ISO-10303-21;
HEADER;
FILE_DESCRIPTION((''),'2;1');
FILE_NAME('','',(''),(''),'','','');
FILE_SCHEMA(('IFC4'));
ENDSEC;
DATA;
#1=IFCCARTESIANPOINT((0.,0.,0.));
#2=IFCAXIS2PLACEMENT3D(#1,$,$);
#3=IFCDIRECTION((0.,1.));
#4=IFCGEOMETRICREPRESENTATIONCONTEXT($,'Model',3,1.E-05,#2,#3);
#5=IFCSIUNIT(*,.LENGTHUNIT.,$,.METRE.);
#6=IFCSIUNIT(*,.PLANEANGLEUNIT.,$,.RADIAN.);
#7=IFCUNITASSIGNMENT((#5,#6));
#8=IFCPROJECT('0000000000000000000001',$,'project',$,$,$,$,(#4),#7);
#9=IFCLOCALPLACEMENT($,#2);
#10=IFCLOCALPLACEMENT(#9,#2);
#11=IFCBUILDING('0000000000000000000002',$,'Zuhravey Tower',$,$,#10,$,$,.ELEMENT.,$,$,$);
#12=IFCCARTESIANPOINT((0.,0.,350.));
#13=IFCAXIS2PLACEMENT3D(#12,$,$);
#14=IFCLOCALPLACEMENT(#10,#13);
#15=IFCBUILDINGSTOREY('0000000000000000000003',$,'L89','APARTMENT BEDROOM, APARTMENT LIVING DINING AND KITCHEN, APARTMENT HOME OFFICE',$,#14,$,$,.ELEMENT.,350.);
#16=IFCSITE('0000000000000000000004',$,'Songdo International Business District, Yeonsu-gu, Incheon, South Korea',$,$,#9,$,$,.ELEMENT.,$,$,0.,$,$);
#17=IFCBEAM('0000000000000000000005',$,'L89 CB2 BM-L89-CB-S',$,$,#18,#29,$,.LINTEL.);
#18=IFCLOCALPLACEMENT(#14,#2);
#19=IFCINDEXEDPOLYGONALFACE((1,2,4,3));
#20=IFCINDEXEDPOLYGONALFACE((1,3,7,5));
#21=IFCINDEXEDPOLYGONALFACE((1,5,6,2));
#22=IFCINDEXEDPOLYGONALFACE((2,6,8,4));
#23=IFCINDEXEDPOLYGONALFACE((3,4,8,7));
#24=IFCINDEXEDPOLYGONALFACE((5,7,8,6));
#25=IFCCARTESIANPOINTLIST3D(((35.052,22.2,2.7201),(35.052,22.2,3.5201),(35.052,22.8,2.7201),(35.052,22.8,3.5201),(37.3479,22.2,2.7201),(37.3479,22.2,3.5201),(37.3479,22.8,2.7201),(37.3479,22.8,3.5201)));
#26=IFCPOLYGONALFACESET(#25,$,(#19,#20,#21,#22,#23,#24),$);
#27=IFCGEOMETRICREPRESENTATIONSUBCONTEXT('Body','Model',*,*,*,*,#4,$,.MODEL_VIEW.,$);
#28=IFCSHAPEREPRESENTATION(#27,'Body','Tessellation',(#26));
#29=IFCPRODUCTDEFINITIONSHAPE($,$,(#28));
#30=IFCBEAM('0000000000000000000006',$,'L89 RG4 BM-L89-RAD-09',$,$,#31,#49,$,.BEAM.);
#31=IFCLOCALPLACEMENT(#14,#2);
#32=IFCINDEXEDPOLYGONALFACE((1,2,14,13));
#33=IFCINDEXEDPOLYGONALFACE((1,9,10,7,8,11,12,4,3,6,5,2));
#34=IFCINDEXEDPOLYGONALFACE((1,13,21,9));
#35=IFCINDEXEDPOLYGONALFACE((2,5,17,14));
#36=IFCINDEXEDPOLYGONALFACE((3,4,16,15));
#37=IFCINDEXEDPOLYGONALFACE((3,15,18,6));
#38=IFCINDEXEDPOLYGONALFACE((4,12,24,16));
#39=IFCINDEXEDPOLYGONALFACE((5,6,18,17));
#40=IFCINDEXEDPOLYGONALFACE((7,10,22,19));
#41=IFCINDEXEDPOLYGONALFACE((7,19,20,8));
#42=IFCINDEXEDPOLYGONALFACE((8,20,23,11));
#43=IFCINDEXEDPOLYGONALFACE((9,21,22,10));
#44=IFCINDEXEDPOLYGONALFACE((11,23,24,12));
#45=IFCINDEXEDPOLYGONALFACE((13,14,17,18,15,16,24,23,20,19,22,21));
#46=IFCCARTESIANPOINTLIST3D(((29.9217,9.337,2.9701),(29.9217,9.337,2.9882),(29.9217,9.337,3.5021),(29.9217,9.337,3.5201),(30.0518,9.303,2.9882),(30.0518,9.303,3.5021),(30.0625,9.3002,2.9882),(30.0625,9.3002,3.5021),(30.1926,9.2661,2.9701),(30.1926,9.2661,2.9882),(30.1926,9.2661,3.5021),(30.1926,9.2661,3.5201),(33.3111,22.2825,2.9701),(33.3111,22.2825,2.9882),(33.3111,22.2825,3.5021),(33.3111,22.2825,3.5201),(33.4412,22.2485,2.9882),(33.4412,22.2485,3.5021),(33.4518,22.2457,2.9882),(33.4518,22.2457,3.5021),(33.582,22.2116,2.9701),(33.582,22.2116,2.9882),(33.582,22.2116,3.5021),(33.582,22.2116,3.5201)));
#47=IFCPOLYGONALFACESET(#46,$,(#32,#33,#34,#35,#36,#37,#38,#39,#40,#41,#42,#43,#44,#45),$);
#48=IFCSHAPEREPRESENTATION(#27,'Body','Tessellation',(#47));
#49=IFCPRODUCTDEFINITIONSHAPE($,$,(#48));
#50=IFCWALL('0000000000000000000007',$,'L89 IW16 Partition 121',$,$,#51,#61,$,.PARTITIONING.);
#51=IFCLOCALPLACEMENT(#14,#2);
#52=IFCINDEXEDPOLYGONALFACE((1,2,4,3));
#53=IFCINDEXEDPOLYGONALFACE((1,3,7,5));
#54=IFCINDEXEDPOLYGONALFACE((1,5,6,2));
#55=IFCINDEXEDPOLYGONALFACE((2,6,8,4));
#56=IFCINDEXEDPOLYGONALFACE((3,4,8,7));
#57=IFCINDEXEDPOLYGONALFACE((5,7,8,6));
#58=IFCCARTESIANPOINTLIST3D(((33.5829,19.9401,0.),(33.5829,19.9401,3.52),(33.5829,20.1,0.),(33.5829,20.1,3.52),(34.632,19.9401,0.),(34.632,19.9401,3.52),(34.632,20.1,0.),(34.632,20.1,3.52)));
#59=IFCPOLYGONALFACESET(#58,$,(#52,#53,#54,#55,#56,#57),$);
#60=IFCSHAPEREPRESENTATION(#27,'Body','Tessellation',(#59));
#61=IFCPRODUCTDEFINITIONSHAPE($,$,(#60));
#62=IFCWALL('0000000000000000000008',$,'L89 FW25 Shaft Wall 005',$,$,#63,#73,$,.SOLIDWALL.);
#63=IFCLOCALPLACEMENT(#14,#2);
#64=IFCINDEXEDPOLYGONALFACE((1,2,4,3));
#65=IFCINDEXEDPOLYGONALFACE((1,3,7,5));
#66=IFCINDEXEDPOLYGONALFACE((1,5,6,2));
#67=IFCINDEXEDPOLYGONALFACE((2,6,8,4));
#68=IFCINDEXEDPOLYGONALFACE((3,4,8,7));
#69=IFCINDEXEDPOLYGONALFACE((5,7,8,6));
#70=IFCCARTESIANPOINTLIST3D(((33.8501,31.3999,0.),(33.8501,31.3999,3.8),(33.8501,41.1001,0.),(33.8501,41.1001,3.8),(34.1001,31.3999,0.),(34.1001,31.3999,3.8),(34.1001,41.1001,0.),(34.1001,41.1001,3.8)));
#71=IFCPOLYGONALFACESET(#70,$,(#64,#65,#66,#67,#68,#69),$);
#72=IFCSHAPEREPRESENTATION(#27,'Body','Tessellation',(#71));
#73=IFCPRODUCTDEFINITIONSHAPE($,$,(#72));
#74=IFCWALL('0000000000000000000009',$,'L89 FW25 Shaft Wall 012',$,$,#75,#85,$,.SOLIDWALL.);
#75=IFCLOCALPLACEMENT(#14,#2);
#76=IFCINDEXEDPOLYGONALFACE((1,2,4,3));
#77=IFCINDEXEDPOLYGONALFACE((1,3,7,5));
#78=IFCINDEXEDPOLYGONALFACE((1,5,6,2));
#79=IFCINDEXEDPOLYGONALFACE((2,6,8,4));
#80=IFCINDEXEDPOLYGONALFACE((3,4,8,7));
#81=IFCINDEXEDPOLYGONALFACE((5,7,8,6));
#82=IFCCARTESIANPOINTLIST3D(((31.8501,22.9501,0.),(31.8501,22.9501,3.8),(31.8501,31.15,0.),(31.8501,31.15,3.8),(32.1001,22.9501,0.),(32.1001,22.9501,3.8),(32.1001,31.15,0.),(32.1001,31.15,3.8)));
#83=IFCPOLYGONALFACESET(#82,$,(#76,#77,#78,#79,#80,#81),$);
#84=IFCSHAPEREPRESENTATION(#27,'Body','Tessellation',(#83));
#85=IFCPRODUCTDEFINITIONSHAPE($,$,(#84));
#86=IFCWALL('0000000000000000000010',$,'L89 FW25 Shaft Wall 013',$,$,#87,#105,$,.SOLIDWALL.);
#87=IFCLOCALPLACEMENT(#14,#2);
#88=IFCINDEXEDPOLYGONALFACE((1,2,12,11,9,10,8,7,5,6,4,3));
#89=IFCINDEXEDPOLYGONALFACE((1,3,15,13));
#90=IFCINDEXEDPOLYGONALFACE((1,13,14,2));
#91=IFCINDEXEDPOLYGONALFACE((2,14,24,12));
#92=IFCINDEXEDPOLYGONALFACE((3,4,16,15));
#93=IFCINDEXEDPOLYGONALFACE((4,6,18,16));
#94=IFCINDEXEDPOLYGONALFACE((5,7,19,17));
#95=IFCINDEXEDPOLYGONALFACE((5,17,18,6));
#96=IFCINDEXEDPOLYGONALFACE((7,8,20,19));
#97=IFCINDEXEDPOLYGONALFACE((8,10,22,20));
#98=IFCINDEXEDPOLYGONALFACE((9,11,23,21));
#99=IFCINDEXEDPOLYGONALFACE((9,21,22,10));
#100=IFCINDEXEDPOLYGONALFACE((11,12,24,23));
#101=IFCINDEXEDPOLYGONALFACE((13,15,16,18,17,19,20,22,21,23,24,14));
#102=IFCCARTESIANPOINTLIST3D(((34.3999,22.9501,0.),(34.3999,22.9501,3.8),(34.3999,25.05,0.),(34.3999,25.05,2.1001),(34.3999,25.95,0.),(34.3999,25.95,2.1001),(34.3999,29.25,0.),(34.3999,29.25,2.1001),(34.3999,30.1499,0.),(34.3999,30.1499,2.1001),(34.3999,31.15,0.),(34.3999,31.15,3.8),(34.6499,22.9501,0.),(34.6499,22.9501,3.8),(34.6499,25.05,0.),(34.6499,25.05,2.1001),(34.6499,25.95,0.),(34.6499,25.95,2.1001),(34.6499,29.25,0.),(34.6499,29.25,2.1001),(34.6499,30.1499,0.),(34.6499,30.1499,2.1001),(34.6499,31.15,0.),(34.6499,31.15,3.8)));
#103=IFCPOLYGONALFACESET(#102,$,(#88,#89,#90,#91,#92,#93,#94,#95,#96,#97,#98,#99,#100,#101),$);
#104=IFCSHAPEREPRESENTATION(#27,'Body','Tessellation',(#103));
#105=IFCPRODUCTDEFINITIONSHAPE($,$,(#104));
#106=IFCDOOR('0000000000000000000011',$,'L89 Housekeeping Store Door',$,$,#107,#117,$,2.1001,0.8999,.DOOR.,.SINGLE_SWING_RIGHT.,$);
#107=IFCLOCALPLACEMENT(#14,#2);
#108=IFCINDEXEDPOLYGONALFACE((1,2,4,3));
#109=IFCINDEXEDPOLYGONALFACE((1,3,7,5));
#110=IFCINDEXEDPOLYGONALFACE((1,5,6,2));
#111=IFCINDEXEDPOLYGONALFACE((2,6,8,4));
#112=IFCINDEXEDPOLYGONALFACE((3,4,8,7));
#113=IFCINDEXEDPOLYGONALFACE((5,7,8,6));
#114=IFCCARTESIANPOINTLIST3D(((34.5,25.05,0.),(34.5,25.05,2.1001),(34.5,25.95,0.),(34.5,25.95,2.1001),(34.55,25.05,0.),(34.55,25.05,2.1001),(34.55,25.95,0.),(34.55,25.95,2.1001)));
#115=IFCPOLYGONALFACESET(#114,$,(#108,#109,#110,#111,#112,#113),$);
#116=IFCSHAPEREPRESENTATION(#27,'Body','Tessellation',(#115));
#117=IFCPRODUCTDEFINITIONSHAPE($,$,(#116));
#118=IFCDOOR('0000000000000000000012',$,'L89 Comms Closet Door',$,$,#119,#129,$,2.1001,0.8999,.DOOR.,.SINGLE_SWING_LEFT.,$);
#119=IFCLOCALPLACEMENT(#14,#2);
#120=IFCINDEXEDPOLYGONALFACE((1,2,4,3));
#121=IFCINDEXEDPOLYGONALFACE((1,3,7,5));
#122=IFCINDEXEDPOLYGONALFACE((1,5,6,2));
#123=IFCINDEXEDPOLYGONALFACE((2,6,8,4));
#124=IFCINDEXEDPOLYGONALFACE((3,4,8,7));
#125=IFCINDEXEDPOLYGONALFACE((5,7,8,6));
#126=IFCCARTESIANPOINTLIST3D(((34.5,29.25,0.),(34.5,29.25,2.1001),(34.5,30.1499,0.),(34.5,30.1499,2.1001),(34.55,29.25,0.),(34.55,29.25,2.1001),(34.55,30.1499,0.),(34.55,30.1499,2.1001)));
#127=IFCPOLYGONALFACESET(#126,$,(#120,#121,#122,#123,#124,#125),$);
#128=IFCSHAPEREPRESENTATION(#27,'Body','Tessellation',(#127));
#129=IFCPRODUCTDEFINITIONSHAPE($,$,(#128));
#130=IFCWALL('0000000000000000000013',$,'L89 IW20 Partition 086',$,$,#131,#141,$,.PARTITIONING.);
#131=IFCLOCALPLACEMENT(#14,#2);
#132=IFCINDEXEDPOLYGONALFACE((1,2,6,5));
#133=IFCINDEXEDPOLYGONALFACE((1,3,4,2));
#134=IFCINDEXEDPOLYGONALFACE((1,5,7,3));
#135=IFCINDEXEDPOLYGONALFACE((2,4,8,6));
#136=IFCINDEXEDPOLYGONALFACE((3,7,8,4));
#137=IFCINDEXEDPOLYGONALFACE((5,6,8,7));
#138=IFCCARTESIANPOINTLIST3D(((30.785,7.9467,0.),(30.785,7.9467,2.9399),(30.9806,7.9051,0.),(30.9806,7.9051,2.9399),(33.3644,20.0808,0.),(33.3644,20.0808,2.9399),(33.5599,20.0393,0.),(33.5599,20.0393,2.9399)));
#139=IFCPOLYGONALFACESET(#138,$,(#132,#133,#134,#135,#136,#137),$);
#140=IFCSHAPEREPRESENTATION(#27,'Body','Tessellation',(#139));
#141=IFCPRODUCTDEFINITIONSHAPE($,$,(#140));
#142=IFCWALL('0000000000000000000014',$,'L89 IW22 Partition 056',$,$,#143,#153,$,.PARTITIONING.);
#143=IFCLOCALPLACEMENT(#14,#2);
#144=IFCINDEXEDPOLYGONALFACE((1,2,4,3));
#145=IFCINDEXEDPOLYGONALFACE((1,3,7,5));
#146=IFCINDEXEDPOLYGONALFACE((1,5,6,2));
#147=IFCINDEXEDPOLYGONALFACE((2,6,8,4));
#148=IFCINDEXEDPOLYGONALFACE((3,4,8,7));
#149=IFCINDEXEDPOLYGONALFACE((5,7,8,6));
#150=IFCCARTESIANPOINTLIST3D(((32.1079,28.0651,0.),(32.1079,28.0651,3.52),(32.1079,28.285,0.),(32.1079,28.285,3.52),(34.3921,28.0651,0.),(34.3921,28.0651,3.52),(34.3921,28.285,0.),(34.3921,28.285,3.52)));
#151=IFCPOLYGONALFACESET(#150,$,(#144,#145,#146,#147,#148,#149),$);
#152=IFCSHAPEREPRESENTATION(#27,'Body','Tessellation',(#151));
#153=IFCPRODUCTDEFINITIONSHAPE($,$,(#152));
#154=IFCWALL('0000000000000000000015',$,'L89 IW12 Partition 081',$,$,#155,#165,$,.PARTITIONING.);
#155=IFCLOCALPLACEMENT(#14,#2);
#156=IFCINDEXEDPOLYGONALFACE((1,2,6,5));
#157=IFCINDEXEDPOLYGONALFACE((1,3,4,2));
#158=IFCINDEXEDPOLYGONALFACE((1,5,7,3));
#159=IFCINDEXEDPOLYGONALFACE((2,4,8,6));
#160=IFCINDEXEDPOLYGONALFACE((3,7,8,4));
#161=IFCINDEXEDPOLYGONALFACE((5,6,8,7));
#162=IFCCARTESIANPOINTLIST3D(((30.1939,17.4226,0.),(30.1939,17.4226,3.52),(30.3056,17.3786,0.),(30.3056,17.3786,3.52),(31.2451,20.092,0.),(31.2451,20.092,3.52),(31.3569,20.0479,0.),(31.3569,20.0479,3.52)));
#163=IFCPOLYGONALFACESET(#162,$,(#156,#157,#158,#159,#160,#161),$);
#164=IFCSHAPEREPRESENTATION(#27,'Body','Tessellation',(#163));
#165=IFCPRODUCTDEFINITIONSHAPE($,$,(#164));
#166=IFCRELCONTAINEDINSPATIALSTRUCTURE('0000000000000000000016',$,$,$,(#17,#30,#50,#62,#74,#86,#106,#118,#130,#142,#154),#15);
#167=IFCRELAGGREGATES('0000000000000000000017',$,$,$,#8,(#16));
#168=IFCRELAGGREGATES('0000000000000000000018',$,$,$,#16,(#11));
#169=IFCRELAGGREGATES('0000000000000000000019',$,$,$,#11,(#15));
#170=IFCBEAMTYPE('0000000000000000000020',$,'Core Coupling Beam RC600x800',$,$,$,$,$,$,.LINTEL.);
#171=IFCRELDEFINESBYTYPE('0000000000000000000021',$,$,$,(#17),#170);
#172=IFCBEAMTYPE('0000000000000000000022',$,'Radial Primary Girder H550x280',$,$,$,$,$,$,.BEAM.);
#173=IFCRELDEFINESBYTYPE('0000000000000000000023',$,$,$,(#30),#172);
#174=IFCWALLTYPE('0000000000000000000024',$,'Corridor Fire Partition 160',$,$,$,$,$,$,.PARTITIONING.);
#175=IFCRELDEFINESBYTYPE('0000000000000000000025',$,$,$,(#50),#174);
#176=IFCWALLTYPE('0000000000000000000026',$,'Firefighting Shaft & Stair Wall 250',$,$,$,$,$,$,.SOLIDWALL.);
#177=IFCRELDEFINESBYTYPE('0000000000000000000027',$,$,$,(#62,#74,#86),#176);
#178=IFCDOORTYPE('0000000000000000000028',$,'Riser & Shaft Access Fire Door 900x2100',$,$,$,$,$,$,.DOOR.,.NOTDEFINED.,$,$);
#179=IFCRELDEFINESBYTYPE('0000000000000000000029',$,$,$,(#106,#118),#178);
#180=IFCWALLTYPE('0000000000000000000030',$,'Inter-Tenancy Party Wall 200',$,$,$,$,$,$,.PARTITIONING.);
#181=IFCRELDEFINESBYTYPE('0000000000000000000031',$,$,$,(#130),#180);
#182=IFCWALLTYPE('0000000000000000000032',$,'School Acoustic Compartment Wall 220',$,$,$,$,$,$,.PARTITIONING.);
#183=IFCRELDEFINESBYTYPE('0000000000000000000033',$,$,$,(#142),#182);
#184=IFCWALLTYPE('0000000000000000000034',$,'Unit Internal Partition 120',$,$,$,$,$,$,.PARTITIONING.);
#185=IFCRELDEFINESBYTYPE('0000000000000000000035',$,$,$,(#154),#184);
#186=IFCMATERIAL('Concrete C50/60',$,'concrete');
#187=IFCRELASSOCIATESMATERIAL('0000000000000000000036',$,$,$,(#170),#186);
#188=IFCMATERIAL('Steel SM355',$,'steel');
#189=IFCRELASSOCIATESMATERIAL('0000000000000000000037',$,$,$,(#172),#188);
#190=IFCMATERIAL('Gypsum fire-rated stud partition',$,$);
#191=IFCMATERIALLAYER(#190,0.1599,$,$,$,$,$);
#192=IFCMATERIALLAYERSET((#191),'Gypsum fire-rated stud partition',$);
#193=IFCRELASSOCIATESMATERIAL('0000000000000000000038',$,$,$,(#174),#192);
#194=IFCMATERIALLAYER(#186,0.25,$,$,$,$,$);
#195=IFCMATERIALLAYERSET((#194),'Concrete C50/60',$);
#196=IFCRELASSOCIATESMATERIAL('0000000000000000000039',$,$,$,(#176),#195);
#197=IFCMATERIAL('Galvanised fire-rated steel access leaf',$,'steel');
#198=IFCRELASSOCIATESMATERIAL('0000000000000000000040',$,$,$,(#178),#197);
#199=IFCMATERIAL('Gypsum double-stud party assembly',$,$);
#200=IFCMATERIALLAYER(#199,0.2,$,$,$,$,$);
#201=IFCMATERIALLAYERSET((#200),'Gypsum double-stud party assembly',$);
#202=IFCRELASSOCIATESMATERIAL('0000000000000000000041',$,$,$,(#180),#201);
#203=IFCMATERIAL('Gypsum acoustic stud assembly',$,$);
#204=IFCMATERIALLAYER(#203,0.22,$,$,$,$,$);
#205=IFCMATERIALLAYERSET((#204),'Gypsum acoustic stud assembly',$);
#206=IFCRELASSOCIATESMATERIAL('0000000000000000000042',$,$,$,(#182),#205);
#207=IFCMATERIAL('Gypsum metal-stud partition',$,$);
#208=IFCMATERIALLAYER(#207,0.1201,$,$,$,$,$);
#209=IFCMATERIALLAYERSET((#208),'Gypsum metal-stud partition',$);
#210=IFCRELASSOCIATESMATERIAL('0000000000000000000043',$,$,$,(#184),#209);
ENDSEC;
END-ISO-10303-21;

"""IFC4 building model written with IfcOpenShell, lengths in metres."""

from ifc_helpers import new_model, si_unit, direction, frame, frame_2d, origin, origin_2d, place, context, subcontext, project, spatial, rectangle, i_section, extrude, material, layer, layer_set, material_profile, profile_set, type_object, element, fill, save


model = new_model("IFC4")

# Units and contexts
model_context = context("Model", 3, precision=1e-05, world=origin(), true_north=direction((0.0, 1.0)))
body_context = subcontext(model_context, "Body", "Model", "MODEL_VIEW")
ifc_project = project(units=[si_unit("LENGTHUNIT", "METRE"), si_unit("PLANEANGLEUNIT", "RADIAN")], contexts=[model_context])

# Site, building, storey
site_placement = place(None, origin())
site = spatial("IfcSite", under=ifc_project, at=site_placement, Name="Songdo International Business District, Yeonsu-gu, Incheon, South Korea", CompositionType="ELEMENT", RefElevation=0.0)
building_placement = place(site_placement, origin())
building = spatial("IfcBuilding", under=site, at=building_placement, Name="Zuhravey Tower", CompositionType="ELEMENT")
storey_placement = place(building_placement, frame((0.0, 0.0, 350.0)))
storey = spatial("IfcBuildingStorey", under=building, at=storey_placement, Name="L89", Description="APARTMENT BEDROOM, APARTMENT LIVING DINING AND KITCHEN, APARTMENT HOME OFFICE", CompositionType="ELEMENT", Elevation=350.0)

# Beams
ifc_material_1 = material(Name="Concrete C50/60", Category="concrete")
ifc_material_profile_1 = material_profile(ifc_material_1, rectangle(XDim=0.6001, YDim=0.8, at=origin_2d()), Name="RC-600x800")
ifc_profile_set_1 = profile_set([ifc_material_profile_1], Name="Concrete C50/60")
beam_type_1 = type_object("IfcBeamType", Name="Core Coupling Beam RC600x800", PredefinedType="LINTEL", material=ifc_profile_set_1)
beam_1_placement = place(storey_placement, frame((35.052, 22.5, 3.1201), z_axis=(1.0, 0.0, 0.0), x_axis=(0.0, 1.0, 0.0)))
element("IfcBeam", 1, at=beam_1_placement, inside=storey, type_object=beam_type_1, Name="L89 CB2 BM-L89-CB-S", PredefinedType="LINTEL", context=body_context, shape_type="SweptSolid", body=[
    extrude(rectangle(XDim=0.6001, YDim=0.8, at=origin_2d()), origin(), (0.0, 0.0, 1.0), 2.2959),
])
ifc_material_2 = material(Name="Steel SM355", Category="steel")
ifc_material_profile_2 = material_profile(ifc_material_2, i_section(OverallWidth=0.28, OverallDepth=0.55, WebThickness=0.011, FlangeThickness=0.0181, at=origin_2d()), Name="H-550x280x11x18")
ifc_profile_set_2 = profile_set([ifc_material_profile_2], Name="Steel SM355")
beam_type_2 = type_object("IfcBeamType", Name="Radial Primary Girder H550x280", PredefinedType="BEAM", material=ifc_profile_set_2)
beam_2_placement = place(storey_placement, frame((33.4465, 22.2471, 3.2451), z_axis=(-0.253283, -0.967392, 0.0), x_axis=(0.967392, -0.253283, 0.0)))
element("IfcBeam", 2, at=beam_2_placement, inside=storey, type_object=beam_type_2, Name="L89 RG4 BM-L89-RAD-09", PredefinedType="BEAM", context=body_context, shape_type="SweptSolid", body=[
    extrude(i_section(OverallWidth=0.28, OverallDepth=0.55, WebThickness=0.011, FlangeThickness=0.0181, at=origin_2d()), origin(), (0.0, 0.0, 1.0), 13.3818),
])

# Shared definitions
ifc_material_3 = material(Name="Gypsum fire-rated stud partition")
ifc_layer_1 = layer(ifc_material_3, 0.1599)
ifc_layer_set_1 = layer_set([ifc_layer_1], Name="Gypsum fire-rated stud partition")
wall_type_1 = type_object("IfcWallType", Name="Corridor Fire Partition 160", PredefinedType="PARTITIONING", material=ifc_layer_set_1)

# Wall
wall_1_placement = place(storey_placement, frame((33.583, 20.02, 0.0), z_axis=(0.0, 0.0, 1.0), x_axis=(1.0, 0.0, 0.0)))
element("IfcWall", 3, at=wall_1_placement, inside=storey, type_object=wall_type_1, Name="L89 IW16 Partition 121", PredefinedType="PARTITIONING", context=body_context, shape_type="SweptSolid", body=[
    extrude(rectangle(XDim=1.0491, YDim=0.1599, at=frame_2d((0.5244, 0.0))), origin(), (0.0, 0.0, 1.0), 3.52),
])

# Shared definitions
ifc_layer_2 = layer(ifc_material_1, 0.25)
ifc_layer_set_2 = layer_set([ifc_layer_2], Name="Concrete C50/60")
wall_type_2 = type_object("IfcWallType", Name="Firefighting Shaft & Stair Wall 250", PredefinedType="SOLIDWALL", material=ifc_layer_set_2)

# Walls
wall_2_placement = place(storey_placement, frame((33.9751, 31.3999, 0.0), z_axis=(0.0, 0.0, 1.0), x_axis=(0.0, 1.0, 0.0)))
element("IfcWall", 4, at=wall_2_placement, inside=storey, type_object=wall_type_2, Name="L89 FW25 Shaft Wall 005", PredefinedType="SOLIDWALL", context=body_context, shape_type="SweptSolid", body=[
    extrude(rectangle(XDim=9.7002, YDim=0.25, at=frame_2d((4.8501, 0.0))), origin(), (0.0, 0.0, 1.0), 3.8),
])
wall_3_placement = place(storey_placement, frame((31.9751, 22.95, 0.0), z_axis=(0.0, 0.0, 1.0), x_axis=(0.0, 1.0, 0.0)))
element("IfcWall", 5, at=wall_3_placement, inside=storey, type_object=wall_type_2, Name="L89 FW25 Shaft Wall 012", PredefinedType="SOLIDWALL", context=body_context, shape_type="SweptSolid", body=[
    extrude(rectangle(XDim=8.2, YDim=0.25, at=frame_2d((4.1001, 0.0))), origin(), (0.0, 0.0, 1.0), 3.8),
])

# Wall, openings, doors
wall_4_placement = place(storey_placement, frame((34.5249, 22.95, 0.0), z_axis=(0.0, 0.0, 1.0), x_axis=(0.0, 1.0, 0.0)))
wall_4 = element("IfcWall", 6, at=wall_4_placement, inside=storey, type_object=wall_type_2, Name="L89 FW25 Shaft Wall 013", PredefinedType="SOLIDWALL", context=body_context, shape_type="SweptSolid", body=[
    extrude(rectangle(XDim=8.2, YDim=0.25, at=frame_2d((4.1001, 0.0))), origin(), (0.0, 0.0, 1.0), 3.8),
])
opening_1_placement = place(wall_4_placement, frame((2.1001, 0.0, 0.0)))
opening_1 = element("IfcOpeningElement", 7, at=opening_1_placement, cuts=wall_4, PredefinedType="OPENING", context=body_context, shape_type="SweptSolid", body=[
    extrude(rectangle(XDim=0.8999, YDim=2.1001, at=frame_2d((0.45, 1.05))), frame((0.0, 0.137, 0.0), z_axis=(0.0, -1.0, 0.0), x_axis=(1.0, 0.0, 0.0)), (0.0, 0.0, 1.0), 0.2739),
])
opening_2_placement = place(wall_4_placement, frame((6.3, 0.0, 0.0)))
opening_2 = element("IfcOpeningElement", 8, at=opening_2_placement, cuts=wall_4, PredefinedType="OPENING", context=body_context, shape_type="SweptSolid", body=[
    extrude(rectangle(XDim=0.8999, YDim=2.1001, at=frame_2d((0.45, 1.05))), frame((0.0, 0.137, 0.0), z_axis=(0.0, -1.0, 0.0), x_axis=(1.0, 0.0, 0.0)), (0.0, 0.0, 1.0), 0.2739),
])
ifc_material_4 = material(Name="Galvanised fire-rated steel access leaf", Category="steel")
door_type_1 = type_object("IfcDoorType", Name="Riser & Shaft Access Fire Door 900x2100", OperationType="NOTDEFINED", PredefinedType="DOOR", material=ifc_material_4)
door_1_placement = place(opening_1_placement, origin())
door_1 = element("IfcDoor", 9, at=door_1_placement, inside=storey, type_object=door_type_1, Name="L89 Housekeeping Store Door", OperationType="SINGLE_SWING_RIGHT", OverallHeight=2.1001, OverallWidth=0.8999, PredefinedType="DOOR", context=body_context, shape_type="SweptSolid", body=[
    extrude(rectangle(XDim=0.8999, YDim=2.1001, at=frame_2d((0.45, 1.05))), frame((0.0, 0.0249, 0.0), z_axis=(0.0, -1.0, 0.0), x_axis=(1.0, 0.0, 0.0)), (0.0, 0.0, 1.0), 0.05),
])
fill(opening_1, door_1)
door_2_placement = place(opening_2_placement, origin())
door_2 = element("IfcDoor", 10, at=door_2_placement, inside=storey, type_object=door_type_1, Name="L89 Comms Closet Door", OperationType="SINGLE_SWING_LEFT", OverallHeight=2.1001, OverallWidth=0.8999, PredefinedType="DOOR", context=body_context, shape_type="SweptSolid", body=[
    extrude(rectangle(XDim=0.8999, YDim=2.1001, at=frame_2d((0.45, 1.05))), frame((0.0, 0.0249, 0.0), z_axis=(0.0, -1.0, 0.0), x_axis=(1.0, 0.0, 0.0)), (0.0, 0.0, 1.0), 0.05),
])
fill(opening_2, door_2)

# Walls
ifc_material_5 = material(Name="Gypsum double-stud party assembly")
ifc_layer_3 = layer(ifc_material_5, 0.2)
ifc_layer_set_3 = layer_set([ifc_layer_3], Name="Gypsum double-stud party assembly")
wall_type_3 = type_object("IfcWallType", Name="Inter-Tenancy Party Wall 200", PredefinedType="PARTITIONING", material=ifc_layer_set_3)
wall_5_placement = place(storey_placement, frame((33.4622, 20.0601, 0.0), z_axis=(0.0, 0.0, 1.0), x_axis=(-0.207921, -0.978146, 0.0)))
element("IfcWall", 11, at=wall_5_placement, inside=storey, type_object=wall_type_3, Name="L89 IW20 Partition 086", PredefinedType="PARTITIONING", context=body_context, shape_type="SweptSolid", body=[
    extrude(rectangle(XDim=12.4053, YDim=0.2, at=frame_2d((6.2026, 0.0))), origin(), (0.0, 0.0, 1.0), 2.9399),
])
ifc_material_6 = material(Name="Gypsum acoustic stud assembly")
ifc_layer_4 = layer(ifc_material_6, 0.22)
ifc_layer_set_4 = layer_set([ifc_layer_4], Name="Gypsum acoustic stud assembly")
wall_type_4 = type_object("IfcWallType", Name="School Acoustic Compartment Wall 220", PredefinedType="PARTITIONING", material=ifc_layer_set_4)
wall_6_placement = place(storey_placement, frame((32.1079, 28.175, 0.0), z_axis=(0.0, 0.0, 1.0), x_axis=(1.0, 0.0, 0.0)))
element("IfcWall", 12, at=wall_6_placement, inside=storey, type_object=wall_type_4, Name="L89 IW22 Partition 056", PredefinedType="PARTITIONING", context=body_context, shape_type="SweptSolid", body=[
    extrude(rectangle(XDim=2.2842, YDim=0.22, at=frame_2d((1.1421, 0.0))), origin(), (0.0, 0.0, 1.0), 3.52),
])
ifc_material_7 = material(Name="Gypsum metal-stud partition")
ifc_layer_5 = layer(ifc_material_7, 0.1201)
ifc_layer_set_5 = layer_set([ifc_layer_5], Name="Gypsum metal-stud partition")
wall_type_5 = type_object("IfcWallType", Name="Unit Internal Partition 120", PredefinedType="PARTITIONING", material=ifc_layer_set_5)
wall_7_placement = place(storey_placement, frame((31.301, 20.0701, 0.0), z_axis=(0.0, 0.0, 1.0), x_axis=(-0.366426, -0.930447, 0.0)))
element("IfcWall", 13, at=wall_7_placement, inside=storey, type_object=wall_type_5, Name="L89 IW12 Partition 081", PredefinedType="PARTITIONING", context=body_context, shape_type="SweptSolid", body=[
    extrude(rectangle(XDim=2.8689, YDim=0.1201, at=frame_2d((1.4346, 0.0))), origin(), (0.0, 0.0, 1.0), 3.52),
])

save(model, "model.ifc")
